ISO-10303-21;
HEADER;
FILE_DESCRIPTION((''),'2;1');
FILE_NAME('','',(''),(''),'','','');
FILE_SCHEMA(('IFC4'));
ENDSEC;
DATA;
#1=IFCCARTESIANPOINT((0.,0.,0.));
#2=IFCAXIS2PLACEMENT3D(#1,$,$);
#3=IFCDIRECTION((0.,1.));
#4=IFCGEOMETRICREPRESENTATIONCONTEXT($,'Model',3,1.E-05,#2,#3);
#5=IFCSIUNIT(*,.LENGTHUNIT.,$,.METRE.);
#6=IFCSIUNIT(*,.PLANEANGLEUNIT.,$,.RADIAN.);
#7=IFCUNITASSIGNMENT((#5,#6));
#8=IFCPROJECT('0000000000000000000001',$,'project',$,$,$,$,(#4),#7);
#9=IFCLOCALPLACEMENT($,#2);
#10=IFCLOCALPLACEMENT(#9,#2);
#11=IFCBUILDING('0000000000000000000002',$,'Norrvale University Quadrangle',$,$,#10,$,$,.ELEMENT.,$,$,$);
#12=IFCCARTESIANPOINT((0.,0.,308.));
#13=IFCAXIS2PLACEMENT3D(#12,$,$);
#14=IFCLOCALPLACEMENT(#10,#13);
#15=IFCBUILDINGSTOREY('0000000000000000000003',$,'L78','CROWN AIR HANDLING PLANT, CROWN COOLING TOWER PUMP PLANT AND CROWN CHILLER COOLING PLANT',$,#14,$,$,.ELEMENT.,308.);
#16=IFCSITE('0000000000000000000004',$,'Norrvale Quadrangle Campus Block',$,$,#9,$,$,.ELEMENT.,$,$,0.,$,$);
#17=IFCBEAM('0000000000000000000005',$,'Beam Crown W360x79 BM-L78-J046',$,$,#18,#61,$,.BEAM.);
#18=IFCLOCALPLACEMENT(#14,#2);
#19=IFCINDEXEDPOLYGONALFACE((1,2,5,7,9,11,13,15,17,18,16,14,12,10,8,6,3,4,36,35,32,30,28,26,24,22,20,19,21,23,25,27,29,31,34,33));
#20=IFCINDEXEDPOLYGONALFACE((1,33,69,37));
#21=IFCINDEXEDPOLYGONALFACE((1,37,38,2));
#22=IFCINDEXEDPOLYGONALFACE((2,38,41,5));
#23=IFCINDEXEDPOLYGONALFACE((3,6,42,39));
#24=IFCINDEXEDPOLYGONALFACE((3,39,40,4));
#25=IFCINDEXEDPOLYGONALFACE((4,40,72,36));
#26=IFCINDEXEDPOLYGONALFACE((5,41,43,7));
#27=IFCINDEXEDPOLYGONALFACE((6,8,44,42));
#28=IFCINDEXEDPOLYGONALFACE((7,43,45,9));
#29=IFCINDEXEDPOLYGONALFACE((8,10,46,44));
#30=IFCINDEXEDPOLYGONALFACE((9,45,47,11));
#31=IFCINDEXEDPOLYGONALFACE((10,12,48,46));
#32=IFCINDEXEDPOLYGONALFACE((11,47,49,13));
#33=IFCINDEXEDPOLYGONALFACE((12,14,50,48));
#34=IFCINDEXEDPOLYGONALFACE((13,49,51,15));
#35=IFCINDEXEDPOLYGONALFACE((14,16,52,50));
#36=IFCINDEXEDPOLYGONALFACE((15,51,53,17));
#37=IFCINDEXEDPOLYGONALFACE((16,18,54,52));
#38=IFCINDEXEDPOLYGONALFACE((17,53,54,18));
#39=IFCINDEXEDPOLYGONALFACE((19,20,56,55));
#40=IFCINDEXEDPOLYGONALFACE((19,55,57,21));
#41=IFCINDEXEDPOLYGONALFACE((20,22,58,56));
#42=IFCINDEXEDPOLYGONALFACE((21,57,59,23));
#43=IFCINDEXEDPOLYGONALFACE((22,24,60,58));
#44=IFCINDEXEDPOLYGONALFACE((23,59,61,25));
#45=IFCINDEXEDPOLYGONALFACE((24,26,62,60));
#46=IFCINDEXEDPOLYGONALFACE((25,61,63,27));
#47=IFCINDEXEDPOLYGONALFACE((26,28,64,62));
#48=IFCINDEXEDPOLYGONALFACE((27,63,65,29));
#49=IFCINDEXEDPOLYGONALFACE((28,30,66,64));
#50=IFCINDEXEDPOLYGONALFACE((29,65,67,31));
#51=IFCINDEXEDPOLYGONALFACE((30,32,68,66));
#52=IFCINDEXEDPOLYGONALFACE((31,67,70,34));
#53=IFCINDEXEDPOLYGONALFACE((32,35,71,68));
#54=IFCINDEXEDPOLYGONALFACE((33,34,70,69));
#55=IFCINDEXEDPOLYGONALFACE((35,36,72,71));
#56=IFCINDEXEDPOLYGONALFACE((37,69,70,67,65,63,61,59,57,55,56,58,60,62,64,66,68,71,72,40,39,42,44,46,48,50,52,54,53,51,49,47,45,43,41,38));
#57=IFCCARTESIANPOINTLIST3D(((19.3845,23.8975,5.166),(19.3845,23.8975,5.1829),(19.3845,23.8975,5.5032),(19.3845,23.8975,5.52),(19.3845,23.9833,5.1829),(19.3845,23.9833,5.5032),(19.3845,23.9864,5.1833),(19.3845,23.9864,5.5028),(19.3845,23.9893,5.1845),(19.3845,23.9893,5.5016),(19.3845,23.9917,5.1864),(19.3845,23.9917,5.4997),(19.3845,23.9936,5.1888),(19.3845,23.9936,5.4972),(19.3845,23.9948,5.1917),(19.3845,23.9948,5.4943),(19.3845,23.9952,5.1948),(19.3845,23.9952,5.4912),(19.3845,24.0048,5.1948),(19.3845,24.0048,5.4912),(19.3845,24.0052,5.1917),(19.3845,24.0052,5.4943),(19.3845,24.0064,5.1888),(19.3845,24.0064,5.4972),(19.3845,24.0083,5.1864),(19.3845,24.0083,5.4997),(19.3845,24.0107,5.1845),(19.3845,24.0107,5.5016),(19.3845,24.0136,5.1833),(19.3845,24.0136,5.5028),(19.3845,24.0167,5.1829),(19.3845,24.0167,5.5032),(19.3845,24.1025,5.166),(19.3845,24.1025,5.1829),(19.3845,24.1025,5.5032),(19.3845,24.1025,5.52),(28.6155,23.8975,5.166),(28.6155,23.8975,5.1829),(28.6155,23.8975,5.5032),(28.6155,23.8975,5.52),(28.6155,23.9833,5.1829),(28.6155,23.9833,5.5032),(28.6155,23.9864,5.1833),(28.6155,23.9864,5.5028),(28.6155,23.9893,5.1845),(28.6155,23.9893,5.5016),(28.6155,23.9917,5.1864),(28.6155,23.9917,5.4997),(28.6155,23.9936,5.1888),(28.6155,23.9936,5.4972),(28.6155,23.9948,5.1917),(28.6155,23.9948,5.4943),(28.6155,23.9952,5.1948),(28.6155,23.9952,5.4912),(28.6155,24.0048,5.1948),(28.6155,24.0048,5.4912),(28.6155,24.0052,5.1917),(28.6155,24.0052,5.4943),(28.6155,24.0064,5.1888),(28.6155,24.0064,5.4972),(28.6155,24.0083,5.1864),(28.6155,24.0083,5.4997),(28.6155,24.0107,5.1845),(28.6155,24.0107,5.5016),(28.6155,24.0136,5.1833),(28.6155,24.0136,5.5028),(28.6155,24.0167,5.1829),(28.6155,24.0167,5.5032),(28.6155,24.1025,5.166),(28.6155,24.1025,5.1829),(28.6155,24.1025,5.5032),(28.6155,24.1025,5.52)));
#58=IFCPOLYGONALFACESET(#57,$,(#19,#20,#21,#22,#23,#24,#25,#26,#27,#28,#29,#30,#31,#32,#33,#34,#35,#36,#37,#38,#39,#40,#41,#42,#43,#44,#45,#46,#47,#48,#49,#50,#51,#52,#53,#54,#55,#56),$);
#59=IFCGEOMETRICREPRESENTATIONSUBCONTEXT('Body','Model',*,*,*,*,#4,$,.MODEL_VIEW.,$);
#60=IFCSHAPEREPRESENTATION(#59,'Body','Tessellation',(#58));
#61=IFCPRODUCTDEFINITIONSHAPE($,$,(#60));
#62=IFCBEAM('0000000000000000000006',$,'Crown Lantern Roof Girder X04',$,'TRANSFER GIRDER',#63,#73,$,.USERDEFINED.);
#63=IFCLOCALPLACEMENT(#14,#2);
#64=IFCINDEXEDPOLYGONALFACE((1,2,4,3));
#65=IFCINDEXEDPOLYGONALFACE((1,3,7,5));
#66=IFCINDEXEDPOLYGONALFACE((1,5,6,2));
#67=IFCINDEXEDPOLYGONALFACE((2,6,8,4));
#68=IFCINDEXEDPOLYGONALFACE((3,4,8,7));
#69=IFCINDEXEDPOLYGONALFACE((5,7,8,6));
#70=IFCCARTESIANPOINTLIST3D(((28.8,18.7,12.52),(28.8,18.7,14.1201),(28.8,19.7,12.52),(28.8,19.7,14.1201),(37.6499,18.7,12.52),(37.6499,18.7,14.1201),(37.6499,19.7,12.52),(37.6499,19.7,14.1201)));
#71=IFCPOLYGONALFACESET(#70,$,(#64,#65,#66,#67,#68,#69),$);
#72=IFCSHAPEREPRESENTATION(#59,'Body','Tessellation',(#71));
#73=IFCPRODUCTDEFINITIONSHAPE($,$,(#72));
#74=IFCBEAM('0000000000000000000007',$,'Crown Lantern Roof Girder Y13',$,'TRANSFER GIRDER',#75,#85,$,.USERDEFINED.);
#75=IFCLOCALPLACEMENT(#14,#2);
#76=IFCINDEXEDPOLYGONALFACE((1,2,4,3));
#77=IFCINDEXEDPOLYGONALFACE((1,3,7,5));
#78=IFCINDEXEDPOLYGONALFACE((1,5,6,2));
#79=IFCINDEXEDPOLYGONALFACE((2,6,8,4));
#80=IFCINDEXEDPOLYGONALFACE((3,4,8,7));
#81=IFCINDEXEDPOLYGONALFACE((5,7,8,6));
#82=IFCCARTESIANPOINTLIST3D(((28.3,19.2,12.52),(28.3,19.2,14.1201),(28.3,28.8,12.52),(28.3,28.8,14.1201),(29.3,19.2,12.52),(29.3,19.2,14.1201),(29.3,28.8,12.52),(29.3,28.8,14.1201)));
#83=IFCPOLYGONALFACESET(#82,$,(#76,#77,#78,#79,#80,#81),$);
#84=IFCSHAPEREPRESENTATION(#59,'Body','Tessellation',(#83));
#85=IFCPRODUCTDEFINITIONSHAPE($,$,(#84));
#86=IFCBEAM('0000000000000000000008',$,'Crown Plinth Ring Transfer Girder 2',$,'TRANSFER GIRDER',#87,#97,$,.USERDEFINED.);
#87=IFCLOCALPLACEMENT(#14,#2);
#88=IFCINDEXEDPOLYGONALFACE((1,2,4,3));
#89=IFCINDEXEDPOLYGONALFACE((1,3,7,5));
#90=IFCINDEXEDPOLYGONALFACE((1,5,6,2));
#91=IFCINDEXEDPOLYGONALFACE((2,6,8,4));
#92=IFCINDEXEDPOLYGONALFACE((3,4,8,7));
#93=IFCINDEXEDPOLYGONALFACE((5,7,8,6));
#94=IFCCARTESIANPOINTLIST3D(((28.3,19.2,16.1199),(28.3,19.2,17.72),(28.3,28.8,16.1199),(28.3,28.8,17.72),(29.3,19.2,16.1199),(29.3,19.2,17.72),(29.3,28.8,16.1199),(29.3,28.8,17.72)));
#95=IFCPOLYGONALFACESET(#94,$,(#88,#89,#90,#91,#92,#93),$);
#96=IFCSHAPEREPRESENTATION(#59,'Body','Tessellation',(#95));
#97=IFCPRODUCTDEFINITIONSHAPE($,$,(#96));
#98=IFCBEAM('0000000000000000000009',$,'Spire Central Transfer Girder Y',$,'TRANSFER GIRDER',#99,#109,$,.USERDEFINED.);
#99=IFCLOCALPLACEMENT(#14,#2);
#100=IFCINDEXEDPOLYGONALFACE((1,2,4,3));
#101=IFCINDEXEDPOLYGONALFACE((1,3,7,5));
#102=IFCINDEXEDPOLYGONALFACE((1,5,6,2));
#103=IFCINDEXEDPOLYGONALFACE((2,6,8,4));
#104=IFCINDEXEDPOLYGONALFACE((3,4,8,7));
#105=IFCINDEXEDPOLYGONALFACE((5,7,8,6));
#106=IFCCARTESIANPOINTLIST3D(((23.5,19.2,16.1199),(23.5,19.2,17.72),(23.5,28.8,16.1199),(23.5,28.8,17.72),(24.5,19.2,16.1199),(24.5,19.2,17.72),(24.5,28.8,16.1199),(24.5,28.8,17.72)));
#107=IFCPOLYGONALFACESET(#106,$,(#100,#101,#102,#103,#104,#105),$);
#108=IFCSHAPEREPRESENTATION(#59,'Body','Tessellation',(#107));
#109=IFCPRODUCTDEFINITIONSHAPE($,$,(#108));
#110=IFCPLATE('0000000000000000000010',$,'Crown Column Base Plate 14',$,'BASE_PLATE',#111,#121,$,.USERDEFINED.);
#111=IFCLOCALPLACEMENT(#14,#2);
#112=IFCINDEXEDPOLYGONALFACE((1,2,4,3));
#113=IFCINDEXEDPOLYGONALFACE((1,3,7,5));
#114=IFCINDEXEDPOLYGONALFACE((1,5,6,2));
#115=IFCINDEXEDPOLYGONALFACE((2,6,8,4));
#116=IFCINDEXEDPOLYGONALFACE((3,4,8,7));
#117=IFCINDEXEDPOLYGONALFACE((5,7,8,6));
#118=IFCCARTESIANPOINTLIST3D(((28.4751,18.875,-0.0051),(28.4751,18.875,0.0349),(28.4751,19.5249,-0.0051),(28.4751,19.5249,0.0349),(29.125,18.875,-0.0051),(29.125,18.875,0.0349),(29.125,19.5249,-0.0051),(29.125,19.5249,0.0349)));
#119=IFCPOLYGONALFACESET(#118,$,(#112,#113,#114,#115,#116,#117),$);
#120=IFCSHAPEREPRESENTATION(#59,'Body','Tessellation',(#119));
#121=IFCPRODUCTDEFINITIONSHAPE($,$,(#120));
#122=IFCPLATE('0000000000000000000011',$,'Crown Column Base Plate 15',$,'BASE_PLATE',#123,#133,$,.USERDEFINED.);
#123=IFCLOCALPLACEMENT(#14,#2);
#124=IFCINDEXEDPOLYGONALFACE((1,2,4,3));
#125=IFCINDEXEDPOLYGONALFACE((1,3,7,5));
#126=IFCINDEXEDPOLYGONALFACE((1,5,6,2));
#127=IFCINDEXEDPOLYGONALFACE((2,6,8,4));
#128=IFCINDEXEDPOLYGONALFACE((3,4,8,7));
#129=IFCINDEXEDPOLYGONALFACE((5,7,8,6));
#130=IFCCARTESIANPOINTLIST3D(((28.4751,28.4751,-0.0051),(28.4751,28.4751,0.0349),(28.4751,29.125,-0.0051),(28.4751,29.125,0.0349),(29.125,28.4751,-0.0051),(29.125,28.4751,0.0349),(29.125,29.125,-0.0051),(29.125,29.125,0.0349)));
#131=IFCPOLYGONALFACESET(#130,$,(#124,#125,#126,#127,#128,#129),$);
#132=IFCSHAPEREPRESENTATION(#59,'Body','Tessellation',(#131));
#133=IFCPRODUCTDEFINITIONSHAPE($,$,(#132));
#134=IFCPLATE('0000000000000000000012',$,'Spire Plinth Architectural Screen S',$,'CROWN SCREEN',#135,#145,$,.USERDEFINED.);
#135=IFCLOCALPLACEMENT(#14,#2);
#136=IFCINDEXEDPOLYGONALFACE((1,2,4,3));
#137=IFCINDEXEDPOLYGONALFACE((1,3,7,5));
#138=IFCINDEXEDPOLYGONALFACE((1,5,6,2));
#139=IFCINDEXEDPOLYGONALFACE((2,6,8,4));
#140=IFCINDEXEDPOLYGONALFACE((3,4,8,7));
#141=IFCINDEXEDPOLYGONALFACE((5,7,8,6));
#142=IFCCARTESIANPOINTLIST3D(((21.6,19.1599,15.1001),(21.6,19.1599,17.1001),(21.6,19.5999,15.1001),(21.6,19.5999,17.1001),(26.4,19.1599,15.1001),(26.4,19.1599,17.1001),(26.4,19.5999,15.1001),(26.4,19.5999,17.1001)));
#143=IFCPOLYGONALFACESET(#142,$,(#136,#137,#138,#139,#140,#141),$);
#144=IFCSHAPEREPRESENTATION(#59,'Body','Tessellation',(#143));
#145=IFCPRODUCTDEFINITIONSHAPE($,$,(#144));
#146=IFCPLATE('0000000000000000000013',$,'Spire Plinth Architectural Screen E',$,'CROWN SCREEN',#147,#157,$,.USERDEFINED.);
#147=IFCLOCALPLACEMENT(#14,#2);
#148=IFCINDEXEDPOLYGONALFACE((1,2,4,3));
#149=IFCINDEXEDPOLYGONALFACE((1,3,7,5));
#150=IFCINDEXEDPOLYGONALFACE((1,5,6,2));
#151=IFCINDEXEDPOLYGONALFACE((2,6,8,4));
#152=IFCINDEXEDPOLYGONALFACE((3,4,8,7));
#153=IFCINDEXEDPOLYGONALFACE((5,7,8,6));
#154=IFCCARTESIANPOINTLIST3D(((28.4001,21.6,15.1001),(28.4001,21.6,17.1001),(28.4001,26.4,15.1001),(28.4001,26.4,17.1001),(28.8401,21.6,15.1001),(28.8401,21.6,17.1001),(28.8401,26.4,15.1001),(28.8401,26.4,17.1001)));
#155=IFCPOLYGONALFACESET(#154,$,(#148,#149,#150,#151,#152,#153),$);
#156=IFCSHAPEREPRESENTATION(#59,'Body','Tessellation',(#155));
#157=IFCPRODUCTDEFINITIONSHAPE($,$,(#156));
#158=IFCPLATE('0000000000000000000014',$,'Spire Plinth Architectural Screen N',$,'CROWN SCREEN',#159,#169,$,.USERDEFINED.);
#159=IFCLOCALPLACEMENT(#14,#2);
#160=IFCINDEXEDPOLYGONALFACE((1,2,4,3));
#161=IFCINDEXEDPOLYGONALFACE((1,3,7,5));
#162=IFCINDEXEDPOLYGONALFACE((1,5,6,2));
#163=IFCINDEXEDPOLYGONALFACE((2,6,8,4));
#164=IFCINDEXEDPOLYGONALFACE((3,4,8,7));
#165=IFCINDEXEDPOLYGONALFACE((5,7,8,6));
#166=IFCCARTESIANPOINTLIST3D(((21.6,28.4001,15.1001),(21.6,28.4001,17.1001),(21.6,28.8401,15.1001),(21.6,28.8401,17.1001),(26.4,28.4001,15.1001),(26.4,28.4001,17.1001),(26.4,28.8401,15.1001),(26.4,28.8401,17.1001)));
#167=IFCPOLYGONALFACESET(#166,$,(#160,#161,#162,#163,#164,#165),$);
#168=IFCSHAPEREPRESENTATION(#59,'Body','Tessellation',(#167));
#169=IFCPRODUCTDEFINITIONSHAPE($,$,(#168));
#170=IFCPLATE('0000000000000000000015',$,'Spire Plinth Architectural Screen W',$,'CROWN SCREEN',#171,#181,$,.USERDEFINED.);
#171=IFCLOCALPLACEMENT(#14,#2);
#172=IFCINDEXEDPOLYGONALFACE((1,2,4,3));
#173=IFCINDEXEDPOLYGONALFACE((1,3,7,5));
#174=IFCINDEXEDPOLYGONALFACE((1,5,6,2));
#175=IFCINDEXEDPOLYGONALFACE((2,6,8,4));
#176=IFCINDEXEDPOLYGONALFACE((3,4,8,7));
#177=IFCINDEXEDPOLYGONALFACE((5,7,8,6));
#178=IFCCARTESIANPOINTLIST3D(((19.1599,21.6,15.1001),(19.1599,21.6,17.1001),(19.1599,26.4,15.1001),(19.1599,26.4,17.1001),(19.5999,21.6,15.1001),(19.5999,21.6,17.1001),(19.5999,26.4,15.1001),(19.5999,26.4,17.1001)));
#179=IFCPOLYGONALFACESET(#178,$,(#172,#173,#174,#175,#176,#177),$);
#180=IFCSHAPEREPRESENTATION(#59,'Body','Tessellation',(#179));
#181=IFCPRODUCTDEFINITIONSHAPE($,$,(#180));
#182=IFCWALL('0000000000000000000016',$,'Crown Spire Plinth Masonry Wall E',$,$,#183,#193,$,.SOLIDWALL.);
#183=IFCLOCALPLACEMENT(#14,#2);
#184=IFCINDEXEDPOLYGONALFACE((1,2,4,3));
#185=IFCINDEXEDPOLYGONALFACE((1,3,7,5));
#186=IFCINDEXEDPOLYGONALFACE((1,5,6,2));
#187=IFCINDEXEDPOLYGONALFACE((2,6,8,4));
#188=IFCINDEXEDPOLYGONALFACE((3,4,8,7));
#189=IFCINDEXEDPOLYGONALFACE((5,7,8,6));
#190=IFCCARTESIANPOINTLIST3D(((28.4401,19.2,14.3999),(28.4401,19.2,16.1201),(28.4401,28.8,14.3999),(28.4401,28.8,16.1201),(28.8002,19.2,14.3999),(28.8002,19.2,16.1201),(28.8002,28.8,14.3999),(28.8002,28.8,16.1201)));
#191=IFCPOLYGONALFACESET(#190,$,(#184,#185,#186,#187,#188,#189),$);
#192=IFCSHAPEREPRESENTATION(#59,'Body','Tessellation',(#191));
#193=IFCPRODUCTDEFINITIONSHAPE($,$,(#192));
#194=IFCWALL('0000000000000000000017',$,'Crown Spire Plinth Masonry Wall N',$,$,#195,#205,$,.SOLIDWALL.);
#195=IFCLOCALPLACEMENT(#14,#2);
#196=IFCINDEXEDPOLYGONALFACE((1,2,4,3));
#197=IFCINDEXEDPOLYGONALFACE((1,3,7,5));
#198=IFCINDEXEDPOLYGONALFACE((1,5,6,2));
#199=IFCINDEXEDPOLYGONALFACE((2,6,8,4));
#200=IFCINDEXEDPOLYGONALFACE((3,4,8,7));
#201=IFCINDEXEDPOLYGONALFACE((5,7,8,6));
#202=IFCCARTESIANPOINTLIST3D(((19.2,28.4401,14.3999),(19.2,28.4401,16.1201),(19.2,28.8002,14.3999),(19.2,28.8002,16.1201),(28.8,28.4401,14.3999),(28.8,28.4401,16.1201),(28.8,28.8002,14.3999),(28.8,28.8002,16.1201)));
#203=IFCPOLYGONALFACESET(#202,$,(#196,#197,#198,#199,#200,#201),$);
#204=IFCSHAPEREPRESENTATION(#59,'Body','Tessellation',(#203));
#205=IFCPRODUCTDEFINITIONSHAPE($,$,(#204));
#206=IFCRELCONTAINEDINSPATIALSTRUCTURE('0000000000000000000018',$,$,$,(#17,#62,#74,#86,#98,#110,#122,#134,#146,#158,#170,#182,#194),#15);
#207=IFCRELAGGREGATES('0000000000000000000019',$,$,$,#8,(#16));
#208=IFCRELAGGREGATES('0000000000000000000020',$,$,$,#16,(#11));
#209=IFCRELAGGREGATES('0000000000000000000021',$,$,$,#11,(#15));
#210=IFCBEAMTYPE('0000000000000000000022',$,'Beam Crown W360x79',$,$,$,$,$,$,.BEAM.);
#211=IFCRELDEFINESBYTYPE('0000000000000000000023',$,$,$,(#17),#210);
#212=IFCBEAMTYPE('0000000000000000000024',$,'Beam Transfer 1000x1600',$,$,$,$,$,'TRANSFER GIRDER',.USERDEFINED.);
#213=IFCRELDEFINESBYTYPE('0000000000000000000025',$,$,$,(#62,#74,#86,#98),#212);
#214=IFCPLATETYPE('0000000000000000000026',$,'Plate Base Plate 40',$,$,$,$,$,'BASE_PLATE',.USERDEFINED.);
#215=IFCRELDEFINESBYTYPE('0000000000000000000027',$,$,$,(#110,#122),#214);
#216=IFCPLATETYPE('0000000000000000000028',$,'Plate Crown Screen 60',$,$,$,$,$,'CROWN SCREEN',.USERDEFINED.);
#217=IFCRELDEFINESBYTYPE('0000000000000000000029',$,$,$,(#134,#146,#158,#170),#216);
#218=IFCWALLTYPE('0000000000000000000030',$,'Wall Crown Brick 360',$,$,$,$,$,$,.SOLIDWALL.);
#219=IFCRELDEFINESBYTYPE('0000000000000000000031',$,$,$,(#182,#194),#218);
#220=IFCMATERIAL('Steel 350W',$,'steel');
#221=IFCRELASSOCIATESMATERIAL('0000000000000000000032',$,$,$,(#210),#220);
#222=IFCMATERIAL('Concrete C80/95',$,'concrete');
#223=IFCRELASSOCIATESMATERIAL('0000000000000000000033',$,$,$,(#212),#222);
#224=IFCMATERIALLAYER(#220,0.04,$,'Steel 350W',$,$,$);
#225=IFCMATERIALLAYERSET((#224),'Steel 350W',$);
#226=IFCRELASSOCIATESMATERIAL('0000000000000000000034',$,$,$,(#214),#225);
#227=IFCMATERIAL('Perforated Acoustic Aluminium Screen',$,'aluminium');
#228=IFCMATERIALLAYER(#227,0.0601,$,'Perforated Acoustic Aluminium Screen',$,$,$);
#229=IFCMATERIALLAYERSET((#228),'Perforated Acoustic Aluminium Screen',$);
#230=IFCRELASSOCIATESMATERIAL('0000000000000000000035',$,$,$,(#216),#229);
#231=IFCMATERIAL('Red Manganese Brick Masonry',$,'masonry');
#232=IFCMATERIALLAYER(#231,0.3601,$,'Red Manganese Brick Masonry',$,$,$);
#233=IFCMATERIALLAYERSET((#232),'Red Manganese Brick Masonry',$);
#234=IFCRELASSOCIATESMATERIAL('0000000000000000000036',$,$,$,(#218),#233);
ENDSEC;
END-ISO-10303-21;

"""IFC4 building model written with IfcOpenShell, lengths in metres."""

from ifc_helpers import new_model, si_unit, direction, frame, frame_2d, origin, origin_2d, place, context, subcontext, project, spatial, rectangle, i_section, extrude, material, layer, layer_set, material_profile, profile_set, type_object, element, save


model = new_model("IFC4")

# Units and contexts
model_context = context("Model", 3, precision=1e-05, world=origin(), true_north=direction((0.0, 1.0)))
body_context = subcontext(model_context, "Body", "Model", "MODEL_VIEW")
ifc_project = project(units=[si_unit("LENGTHUNIT", "METRE"), si_unit("PLANEANGLEUNIT", "RADIAN")], contexts=[model_context])

# Site, building, storey
site_placement = place(None, origin())
site = spatial("IfcSite", under=ifc_project, at=site_placement, Name="Norrvale Quadrangle Campus Block", CompositionType="ELEMENT", RefElevation=0.0)
building_placement = place(site_placement, origin())
building = spatial("IfcBuilding", under=site, at=building_placement, Name="Norrvale University Quadrangle", CompositionType="ELEMENT")
storey_placement = place(building_placement, frame((0.0, 0.0, 308.0)))
storey = spatial("IfcBuildingStorey", under=building, at=storey_placement, Name="L78", Description="CROWN AIR HANDLING PLANT, CROWN COOLING TOWER PUMP PLANT AND CROWN CHILLER COOLING PLANT", CompositionType="ELEMENT", Elevation=308.0)

# Shared definitions
ifc_material_1 = material(Name="Steel 350W", Category="steel")

# Beams
ifc_material_profile_1 = material_profile(ifc_material_1, i_section(OverallWidth=0.2051, OverallDepth=0.354, WebThickness=0.0095, FlangeThickness=0.0168, FilletRadius=0.012, at=origin_2d()), Name="Steel 350W")
ifc_profile_set_1 = profile_set([ifc_material_profile_1], Name="Steel 350W")
beam_type_1 = type_object("IfcBeamType", Name="Beam Crown W360x79", PredefinedType="BEAM", material=ifc_profile_set_1)
beam_1_placement = place(storey_placement, frame((19.3845, 24.0, 5.343), z_axis=(1.0, 0.0, 0.0), x_axis=(0.0, 1.0, 0.0)))
element("IfcBeam", 1, at=beam_1_placement, inside=storey, type_object=beam_type_1, Name="Beam Crown W360x79 BM-L78-J046", PredefinedType="BEAM", context=body_context, shape_type="SweptSolid", body=[
    extrude(i_section(OverallWidth=0.2051, OverallDepth=0.354, WebThickness=0.0095, FlangeThickness=0.0168, FilletRadius=0.012, at=origin_2d()), origin(), (0.0, 0.0, 1.0), 9.231),
])
ifc_material_2 = material(Name="Concrete C80/95", Category="concrete")
ifc_material_profile_2 = material_profile(ifc_material_2, rectangle(XDim=1.0, YDim=1.6001, at=origin_2d()), Name="Concrete C80/95")
ifc_profile_set_2 = profile_set([ifc_material_profile_2], Name="Concrete C80/95")
beam_type_2 = type_object("IfcBeamType", Name="Beam Transfer 1000x1600", ElementType="TRANSFER GIRDER", PredefinedType="USERDEFINED", material=ifc_profile_set_2)
beam_2_placement = place(storey_placement, frame((28.8, 19.2, 13.3201), z_axis=(1.0, 0.0, 0.0), x_axis=(0.0, 1.0, 0.0)))
element("IfcBeam", 2, at=beam_2_placement, inside=storey, type_object=beam_type_2, Name="Crown Lantern Roof Girder X04", ObjectType="TRANSFER GIRDER", PredefinedType="USERDEFINED", context=body_context, shape_type="SweptSolid", body=[
    extrude(rectangle(XDim=1.0, YDim=1.6001, at=origin_2d()), origin(), (0.0, 0.0, 1.0), 8.8499),
])
for number, where, z_axis, x_axis, name in (
    (3, (28.8, 19.2, 13.3201), (0.0, 1.0, 0.0), (-1.0, 0.0, 0.0), "Crown Lantern Roof Girder Y13"),
    (4, (28.8, 19.2, 16.9199), (0.0, 1.0, 0.0), (-1.0, 0.0, 0.0), "Crown Plinth Ring Transfer Girder 2"),
    (5, (24.0, 19.2, 16.9199), (0.0, 1.0, 0.0), (-1.0, 0.0, 0.0), "Spire Central Transfer Girder Y"),
):
    element("IfcBeam", number, at=place(storey_placement, frame(where, z_axis=z_axis, x_axis=x_axis)), inside=storey, type_object=beam_type_2, Name=name, ObjectType="TRANSFER GIRDER", PredefinedType="USERDEFINED", context=body_context, shape_type="SweptSolid", body=[
        extrude(rectangle(XDim=1.0, YDim=1.6001, at=origin_2d()), origin(), (0.0, 0.0, 1.0), 9.6001),
    ])

# Plates
ifc_layer_1 = layer(ifc_material_1, 0.04, Name="Steel 350W")
ifc_layer_set_1 = layer_set([ifc_layer_1], Name="Steel 350W")
plate_type_1 = type_object("IfcPlateType", Name="Plate Base Plate 40", ElementType="BASE_PLATE", PredefinedType="USERDEFINED", material=ifc_layer_set_1)
for number, where, z_axis, x_axis, name in (
    (6, (28.8, 19.2, -0.0051), (0.0, 0.0, 1.0), (1.0, 0.0, 0.0), "Crown Column Base Plate 14"),
    (7, (28.8, 28.8, -0.0051), (0.0, 0.0, 1.0), (1.0, 0.0, 0.0), "Crown Column Base Plate 15"),
):
    element("IfcPlate", number, at=place(storey_placement, frame(where, z_axis=z_axis, x_axis=x_axis)), inside=storey, type_object=plate_type_1, Name=name, ObjectType="BASE_PLATE", PredefinedType="USERDEFINED", context=body_context, shape_type="SweptSolid", body=[
        extrude(rectangle(XDim=0.6499, YDim=0.6499, at=origin_2d()), origin(), (0.0, 0.0, 1.0), 0.04),
    ])
ifc_material_3 = material(Name="Perforated Acoustic Aluminium Screen", Category="aluminium")
ifc_layer_2 = layer(ifc_material_3, 0.0601, Name="Perforated Acoustic Aluminium Screen")
ifc_layer_set_2 = layer_set([ifc_layer_2], Name="Perforated Acoustic Aluminium Screen")
plate_type_2 = type_object("IfcPlateType", Name="Plate Crown Screen 60", ElementType="CROWN SCREEN", PredefinedType="USERDEFINED", material=ifc_layer_set_2)
for number, where, z_axis, x_axis, name in (
    (8, (24.0, 19.3799, 15.1001), (0.0, 0.0, 1.0), (1.0, 0.0, 0.0), "Spire Plinth Architectural Screen S"),
    (9, (28.6201, 24.0, 15.1001), (0.0, 0.0, 1.0), (0.0, 1.0, 0.0), "Spire Plinth Architectural Screen E"),
    (10, (24.0, 28.6201, 15.1001), (0.0, 0.0, 1.0), (1.0, 0.0, 0.0), "Spire Plinth Architectural Screen N"),
    (11, (19.3799, 24.0, 15.1001), (0.0, 0.0, 1.0), (0.0, 1.0, 0.0), "Spire Plinth Architectural Screen W"),
):
    element("IfcPlate", number, at=place(storey_placement, frame(where, z_axis=z_axis, x_axis=x_axis)), inside=storey, type_object=plate_type_2, Name=name, ObjectType="CROWN SCREEN", PredefinedType="USERDEFINED", context=body_context, shape_type="SweptSolid", body=[
        extrude(rectangle(XDim=4.8, YDim=0.4399, at=origin_2d()), origin(), (0.0, 0.0, 1.0), 2.0),
    ])

# Walls
ifc_material_4 = material(Name="Red Manganese Brick Masonry", Category="masonry")
ifc_layer_3 = layer(ifc_material_4, 0.3601, Name="Red Manganese Brick Masonry")
ifc_layer_set_3 = layer_set([ifc_layer_3], Name="Red Manganese Brick Masonry")
wall_type = type_object("IfcWallType", Name="Wall Crown Brick 360", PredefinedType="SOLIDWALL", material=ifc_layer_set_3)
for number, where, z_axis, x_axis, name in (
    (12, (28.6201, 19.2, 14.3999), (0.0, 0.0, 1.0), (0.0, 1.0, 0.0), "Crown Spire Plinth Masonry Wall E"),
    (13, (28.8, 28.6201, 14.3999), (0.0, 0.0, 1.0), (-1.0, 0.0, 0.0), "Crown Spire Plinth Masonry Wall N"),
):
    element("IfcWall", number, at=place(storey_placement, frame(where, z_axis=z_axis, x_axis=x_axis)), inside=storey, type_object=wall_type, Name=name, PredefinedType="SOLIDWALL", context=body_context, shape_type="SweptSolid", body=[
        extrude(rectangle(XDim=9.6001, YDim=0.3601, at=frame_2d((4.8, 0.0))), origin(), (0.0, 0.0, 1.0), 1.7202),
    ])

save(model, "model.ifc")
